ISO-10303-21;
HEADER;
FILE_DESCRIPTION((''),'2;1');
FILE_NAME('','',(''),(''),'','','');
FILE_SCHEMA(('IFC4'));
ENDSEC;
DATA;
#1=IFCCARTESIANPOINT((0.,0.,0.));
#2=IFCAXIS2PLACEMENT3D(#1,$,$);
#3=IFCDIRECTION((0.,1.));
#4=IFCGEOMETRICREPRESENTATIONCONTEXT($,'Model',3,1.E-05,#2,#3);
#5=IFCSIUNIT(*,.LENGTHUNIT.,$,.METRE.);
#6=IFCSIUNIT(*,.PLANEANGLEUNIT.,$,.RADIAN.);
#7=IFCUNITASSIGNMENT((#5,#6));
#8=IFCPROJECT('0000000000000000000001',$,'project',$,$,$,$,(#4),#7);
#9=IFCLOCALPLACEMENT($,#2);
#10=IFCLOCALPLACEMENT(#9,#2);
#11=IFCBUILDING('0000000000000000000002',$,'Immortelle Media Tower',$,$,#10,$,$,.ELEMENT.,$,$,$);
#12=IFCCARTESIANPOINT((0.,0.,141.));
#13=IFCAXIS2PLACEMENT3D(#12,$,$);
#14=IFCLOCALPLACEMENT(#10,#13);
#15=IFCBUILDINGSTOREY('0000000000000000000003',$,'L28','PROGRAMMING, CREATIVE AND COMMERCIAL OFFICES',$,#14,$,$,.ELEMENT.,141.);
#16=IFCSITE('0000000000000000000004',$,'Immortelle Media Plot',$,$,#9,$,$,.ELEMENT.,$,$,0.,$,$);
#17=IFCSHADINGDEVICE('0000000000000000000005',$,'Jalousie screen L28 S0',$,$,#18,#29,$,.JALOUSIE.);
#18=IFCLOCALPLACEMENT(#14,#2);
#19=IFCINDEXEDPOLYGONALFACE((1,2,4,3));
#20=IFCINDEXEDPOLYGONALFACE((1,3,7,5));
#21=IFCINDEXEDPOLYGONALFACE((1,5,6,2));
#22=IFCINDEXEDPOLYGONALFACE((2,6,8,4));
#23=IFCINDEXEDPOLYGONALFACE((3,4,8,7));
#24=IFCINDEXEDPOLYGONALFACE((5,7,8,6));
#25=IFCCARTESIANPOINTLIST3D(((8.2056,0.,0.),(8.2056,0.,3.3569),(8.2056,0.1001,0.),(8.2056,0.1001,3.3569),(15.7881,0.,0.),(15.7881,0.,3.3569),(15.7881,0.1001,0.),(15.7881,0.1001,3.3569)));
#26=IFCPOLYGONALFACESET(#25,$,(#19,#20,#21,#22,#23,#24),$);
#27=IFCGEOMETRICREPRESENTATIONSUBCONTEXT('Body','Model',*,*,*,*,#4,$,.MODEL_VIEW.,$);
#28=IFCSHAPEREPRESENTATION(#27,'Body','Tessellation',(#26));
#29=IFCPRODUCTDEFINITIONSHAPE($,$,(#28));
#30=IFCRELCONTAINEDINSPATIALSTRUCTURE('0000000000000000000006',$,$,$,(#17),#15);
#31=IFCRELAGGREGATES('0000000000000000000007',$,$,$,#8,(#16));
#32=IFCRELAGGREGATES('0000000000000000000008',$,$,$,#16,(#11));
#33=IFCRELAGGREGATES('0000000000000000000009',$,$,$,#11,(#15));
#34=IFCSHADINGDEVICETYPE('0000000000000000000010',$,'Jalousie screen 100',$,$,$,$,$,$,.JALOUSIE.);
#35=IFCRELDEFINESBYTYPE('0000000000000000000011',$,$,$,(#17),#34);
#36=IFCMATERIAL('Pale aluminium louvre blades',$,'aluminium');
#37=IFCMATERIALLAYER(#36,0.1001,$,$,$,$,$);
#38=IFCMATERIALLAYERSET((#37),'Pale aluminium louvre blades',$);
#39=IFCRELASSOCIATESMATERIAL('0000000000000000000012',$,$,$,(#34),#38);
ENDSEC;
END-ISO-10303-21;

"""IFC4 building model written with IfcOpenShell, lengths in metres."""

from ifc_helpers import new_model, si_unit, direction, frame, origin, origin_2d, place, context, subcontext, project, spatial, rectangle, extrude, material, layer, layer_set, type_object, element, save


model = new_model("IFC4")

# Units and contexts
model_context = context("Model", 3, precision=1e-05, world=origin(), true_north=direction((0.0, 1.0)))
body_context = subcontext(model_context, "Body", "Model", "MODEL_VIEW")
ifc_project = project(units=[si_unit("LENGTHUNIT", "METRE"), si_unit("PLANEANGLEUNIT", "RADIAN")], contexts=[model_context])

# Site, building, storey
site_placement = place(None, origin())
site = spatial("IfcSite", under=ifc_project, at=site_placement, Name="Immortelle Media Plot", CompositionType="ELEMENT", RefElevation=0.0)
building_placement = place(site_placement, origin())
building = spatial("IfcBuilding", under=site, at=building_placement, Name="Immortelle Media Tower", CompositionType="ELEMENT")
storey_placement = place(building_placement, frame((0.0, 0.0, 141.0)))
storey = spatial("IfcBuildingStorey", under=building, at=storey_placement, Name="L28", Description="PROGRAMMING, CREATIVE AND COMMERCIAL OFFICES", CompositionType="ELEMENT", Elevation=141.0)

# Shading device
ifc_material_1 = material(Name="Pale aluminium louvre blades", Category="aluminium")
ifc_layer_1 = layer(ifc_material_1, 0.1001)
ifc_layer_set_1 = layer_set([ifc_layer_1], Name="Pale aluminium louvre blades")
shading_device_type = type_object("IfcShadingDeviceType", Name="Jalousie screen 100", PredefinedType="JALOUSIE", material=ifc_layer_set_1)
shading_device_placement = place(storey_placement, frame((11.9968, 0.05, 0.0), z_axis=(0.0, 0.0, 1.0), x_axis=(1.0, 0.0, 0.0)))
element("IfcShadingDevice", 1, at=shading_device_placement, inside=storey, type_object=shading_device_type, Name="Jalousie screen L28 S0", PredefinedType="JALOUSIE", context=body_context, shape_type="SweptSolid", body=[
    extrude(rectangle(XDim=7.5825, YDim=0.1001, at=origin_2d()), origin(), (0.0, 0.0, 1.0), 3.3569),
])

save(model, "model.ifc")
